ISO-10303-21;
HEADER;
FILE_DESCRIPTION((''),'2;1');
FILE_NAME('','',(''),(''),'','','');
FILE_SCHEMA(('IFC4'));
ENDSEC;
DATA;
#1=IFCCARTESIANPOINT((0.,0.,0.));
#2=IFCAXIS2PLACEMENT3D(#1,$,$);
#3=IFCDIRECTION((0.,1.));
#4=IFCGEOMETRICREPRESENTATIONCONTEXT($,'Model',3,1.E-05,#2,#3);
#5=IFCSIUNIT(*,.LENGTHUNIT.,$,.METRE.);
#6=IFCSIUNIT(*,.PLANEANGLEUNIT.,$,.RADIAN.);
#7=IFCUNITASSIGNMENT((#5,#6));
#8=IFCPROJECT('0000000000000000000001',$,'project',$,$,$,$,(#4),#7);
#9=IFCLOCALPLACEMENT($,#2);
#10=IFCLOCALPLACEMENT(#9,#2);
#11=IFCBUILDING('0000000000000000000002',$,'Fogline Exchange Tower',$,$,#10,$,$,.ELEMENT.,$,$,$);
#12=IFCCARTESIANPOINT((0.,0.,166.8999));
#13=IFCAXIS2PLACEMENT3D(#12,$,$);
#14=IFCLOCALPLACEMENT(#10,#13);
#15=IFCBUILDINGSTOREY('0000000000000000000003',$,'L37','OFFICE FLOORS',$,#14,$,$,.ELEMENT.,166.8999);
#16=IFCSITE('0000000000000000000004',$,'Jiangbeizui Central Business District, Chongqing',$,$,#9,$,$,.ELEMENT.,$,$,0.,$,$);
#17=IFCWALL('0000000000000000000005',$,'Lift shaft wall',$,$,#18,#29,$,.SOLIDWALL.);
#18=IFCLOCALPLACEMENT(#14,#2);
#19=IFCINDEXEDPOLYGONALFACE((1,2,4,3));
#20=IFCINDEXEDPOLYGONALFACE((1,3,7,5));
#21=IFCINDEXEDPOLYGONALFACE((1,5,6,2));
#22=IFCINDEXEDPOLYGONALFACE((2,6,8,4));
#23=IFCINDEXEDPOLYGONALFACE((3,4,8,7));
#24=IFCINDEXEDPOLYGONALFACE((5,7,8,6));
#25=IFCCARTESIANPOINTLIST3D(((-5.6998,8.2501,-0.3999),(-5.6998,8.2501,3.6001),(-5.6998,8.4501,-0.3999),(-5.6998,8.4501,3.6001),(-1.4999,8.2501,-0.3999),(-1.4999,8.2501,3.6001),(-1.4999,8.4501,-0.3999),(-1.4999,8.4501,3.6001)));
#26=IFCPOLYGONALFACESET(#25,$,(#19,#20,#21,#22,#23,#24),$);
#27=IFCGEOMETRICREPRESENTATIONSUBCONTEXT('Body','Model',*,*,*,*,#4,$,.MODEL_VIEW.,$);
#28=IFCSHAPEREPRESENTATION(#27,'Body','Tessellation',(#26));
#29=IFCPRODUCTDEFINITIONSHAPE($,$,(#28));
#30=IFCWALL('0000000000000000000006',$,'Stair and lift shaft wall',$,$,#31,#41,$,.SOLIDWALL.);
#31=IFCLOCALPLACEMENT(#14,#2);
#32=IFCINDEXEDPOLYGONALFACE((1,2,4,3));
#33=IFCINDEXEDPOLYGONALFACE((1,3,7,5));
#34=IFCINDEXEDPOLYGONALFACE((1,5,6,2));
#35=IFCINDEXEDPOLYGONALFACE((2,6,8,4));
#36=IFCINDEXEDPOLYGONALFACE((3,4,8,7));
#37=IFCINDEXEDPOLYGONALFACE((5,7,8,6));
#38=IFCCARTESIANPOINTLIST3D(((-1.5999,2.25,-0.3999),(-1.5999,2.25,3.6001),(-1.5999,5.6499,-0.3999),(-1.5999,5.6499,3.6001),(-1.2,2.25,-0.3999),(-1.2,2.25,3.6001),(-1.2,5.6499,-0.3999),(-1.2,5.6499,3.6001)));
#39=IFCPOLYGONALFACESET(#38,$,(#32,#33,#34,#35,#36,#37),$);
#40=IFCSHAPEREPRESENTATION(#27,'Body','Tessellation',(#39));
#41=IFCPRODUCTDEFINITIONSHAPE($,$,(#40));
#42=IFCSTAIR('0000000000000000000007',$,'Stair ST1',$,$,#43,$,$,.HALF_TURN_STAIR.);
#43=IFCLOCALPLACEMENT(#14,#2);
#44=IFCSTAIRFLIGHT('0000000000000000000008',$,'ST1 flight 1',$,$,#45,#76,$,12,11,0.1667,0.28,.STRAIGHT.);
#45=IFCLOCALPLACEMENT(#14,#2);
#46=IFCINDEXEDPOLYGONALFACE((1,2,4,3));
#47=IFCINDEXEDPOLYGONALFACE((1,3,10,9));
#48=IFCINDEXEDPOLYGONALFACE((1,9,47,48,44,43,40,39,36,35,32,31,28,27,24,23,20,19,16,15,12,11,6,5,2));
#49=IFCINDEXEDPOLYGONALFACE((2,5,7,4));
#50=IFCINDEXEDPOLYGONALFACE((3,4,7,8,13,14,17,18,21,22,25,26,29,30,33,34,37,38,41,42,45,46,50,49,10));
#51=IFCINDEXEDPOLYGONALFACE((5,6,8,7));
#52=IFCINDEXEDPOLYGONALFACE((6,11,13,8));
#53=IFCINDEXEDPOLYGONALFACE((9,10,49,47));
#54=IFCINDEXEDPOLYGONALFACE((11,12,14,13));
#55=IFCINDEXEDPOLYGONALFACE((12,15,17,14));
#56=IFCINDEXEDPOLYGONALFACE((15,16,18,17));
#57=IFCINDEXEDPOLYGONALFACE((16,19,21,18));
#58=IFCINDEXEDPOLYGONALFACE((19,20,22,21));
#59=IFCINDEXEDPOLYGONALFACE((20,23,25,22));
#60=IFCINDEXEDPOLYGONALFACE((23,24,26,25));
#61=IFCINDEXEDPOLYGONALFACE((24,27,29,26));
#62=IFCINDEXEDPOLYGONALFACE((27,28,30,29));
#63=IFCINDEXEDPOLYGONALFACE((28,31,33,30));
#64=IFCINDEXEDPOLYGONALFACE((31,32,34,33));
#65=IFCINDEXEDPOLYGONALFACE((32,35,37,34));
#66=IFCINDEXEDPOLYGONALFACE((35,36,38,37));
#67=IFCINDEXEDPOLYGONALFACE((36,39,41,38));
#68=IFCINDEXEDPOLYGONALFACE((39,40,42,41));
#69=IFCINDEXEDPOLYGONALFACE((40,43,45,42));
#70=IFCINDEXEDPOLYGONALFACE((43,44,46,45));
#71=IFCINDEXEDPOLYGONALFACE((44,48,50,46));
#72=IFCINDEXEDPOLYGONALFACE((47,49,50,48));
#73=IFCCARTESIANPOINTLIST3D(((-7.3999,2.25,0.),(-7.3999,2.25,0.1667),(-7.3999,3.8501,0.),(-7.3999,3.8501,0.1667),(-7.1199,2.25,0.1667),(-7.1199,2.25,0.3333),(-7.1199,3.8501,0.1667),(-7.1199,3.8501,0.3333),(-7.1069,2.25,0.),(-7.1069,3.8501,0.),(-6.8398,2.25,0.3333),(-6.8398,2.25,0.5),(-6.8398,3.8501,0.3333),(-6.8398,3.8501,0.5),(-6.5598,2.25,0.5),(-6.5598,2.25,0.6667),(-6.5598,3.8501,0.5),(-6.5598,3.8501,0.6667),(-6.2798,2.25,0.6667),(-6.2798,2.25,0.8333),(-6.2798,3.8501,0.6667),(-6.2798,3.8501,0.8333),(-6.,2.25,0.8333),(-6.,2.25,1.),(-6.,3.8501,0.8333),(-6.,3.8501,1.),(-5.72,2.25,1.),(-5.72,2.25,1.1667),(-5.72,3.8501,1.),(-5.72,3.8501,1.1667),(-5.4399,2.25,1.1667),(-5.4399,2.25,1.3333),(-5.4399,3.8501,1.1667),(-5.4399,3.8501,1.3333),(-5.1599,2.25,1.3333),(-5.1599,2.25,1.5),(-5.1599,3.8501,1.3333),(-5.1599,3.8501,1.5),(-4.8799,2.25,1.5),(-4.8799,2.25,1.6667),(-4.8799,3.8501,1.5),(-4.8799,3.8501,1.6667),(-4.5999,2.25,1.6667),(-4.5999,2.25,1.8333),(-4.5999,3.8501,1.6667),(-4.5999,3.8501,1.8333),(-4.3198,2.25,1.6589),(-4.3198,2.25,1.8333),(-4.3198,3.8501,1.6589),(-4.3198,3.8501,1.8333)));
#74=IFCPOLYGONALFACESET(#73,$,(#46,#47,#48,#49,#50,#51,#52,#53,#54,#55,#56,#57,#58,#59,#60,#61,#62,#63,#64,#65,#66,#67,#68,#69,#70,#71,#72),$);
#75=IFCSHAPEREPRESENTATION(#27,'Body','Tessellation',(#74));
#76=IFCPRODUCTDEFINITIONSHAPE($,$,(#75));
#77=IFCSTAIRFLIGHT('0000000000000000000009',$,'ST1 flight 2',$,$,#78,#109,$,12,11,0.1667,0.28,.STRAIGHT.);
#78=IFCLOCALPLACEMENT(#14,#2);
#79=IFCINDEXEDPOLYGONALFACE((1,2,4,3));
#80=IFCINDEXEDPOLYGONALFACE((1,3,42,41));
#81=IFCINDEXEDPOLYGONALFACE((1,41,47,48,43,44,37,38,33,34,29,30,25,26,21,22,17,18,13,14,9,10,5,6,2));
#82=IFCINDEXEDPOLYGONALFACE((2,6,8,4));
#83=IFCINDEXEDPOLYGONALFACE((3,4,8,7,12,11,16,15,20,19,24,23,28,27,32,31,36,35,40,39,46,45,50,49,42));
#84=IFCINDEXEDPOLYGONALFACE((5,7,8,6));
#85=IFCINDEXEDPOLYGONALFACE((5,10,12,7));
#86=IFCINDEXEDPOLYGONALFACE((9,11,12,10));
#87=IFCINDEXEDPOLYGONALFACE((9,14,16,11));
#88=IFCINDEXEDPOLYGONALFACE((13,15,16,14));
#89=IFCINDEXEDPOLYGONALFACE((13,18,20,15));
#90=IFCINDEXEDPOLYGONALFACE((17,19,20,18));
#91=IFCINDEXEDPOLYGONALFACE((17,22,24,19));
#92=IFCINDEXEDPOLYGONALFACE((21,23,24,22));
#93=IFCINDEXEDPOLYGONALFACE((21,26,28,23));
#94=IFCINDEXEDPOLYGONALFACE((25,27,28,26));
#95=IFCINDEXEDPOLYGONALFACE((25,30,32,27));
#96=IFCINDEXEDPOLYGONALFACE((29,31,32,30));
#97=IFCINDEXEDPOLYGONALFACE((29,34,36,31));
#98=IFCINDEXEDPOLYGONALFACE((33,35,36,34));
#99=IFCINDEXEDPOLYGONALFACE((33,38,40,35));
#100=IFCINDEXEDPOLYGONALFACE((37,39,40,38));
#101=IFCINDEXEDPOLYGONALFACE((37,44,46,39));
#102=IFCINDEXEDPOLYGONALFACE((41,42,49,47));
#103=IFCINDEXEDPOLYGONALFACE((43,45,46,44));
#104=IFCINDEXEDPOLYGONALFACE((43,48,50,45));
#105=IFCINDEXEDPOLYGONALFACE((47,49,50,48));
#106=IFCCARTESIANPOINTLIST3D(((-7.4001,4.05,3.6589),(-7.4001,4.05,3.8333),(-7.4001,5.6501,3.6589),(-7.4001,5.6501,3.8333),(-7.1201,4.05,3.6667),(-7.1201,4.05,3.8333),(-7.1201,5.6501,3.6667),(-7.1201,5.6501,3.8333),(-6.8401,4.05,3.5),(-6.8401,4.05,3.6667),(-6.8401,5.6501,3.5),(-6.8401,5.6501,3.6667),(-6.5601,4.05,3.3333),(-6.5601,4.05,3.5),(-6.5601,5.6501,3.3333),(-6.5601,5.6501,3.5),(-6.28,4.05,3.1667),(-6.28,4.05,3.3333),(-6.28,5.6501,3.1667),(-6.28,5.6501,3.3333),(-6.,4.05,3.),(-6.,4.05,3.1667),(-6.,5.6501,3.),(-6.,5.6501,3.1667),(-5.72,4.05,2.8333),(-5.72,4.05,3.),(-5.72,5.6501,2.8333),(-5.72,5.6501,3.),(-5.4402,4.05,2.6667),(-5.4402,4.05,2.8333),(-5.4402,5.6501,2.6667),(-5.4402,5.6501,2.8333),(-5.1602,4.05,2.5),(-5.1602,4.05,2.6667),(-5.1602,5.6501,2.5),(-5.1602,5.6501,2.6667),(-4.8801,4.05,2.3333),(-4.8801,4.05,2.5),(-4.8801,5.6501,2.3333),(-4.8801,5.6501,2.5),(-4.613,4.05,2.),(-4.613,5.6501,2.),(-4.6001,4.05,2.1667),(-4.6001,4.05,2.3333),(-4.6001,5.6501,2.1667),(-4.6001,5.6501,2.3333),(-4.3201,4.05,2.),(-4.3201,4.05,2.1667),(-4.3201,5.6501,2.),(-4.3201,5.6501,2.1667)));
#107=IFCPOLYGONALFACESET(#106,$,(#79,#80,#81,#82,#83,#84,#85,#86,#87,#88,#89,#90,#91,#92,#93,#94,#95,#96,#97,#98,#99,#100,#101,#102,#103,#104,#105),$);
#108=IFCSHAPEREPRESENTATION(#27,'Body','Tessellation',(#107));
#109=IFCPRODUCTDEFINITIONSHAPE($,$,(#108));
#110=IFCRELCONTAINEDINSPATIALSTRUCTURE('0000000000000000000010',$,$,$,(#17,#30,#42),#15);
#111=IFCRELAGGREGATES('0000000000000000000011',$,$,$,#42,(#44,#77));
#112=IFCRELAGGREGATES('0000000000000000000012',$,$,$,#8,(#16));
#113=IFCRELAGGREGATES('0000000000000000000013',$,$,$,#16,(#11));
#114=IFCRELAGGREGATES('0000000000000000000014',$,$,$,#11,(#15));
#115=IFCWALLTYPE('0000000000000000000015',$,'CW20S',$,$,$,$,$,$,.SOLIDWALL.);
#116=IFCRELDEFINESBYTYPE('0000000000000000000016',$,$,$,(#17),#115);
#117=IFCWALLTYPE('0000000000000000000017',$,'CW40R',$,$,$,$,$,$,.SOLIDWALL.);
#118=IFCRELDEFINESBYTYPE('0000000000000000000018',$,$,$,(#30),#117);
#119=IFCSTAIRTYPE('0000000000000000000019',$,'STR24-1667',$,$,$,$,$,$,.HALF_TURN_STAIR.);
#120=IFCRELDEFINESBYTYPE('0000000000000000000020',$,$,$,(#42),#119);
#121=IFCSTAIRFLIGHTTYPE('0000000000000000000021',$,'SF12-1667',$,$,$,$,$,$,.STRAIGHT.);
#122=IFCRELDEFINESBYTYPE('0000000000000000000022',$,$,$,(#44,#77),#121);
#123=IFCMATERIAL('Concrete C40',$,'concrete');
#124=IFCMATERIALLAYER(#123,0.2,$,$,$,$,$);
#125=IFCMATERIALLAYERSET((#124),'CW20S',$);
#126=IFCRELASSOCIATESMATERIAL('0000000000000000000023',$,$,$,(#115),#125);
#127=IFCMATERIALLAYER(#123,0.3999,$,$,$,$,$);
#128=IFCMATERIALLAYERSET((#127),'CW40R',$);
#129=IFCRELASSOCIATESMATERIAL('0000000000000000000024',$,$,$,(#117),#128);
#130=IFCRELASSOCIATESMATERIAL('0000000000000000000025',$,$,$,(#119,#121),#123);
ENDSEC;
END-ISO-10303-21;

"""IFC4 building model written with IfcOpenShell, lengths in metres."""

from ifc_helpers import new_model, si_unit, direction, frame, frame_2d, origin, place, context, subcontext, project, spatial, polyline, rectangle, outline, extrude, material, layer, layer_set, type_object, element, aggregate, save


model = new_model("IFC4")

# Units and contexts
model_context = context("Model", 3, precision=1e-05, world=origin(), true_north=direction((0.0, 1.0)))
body_context = subcontext(model_context, "Body", "Model", "MODEL_VIEW")
ifc_project = project(units=[si_unit("LENGTHUNIT", "METRE"), si_unit("PLANEANGLEUNIT", "RADIAN")], contexts=[model_context])

# Site, building, storey
site_placement = place(None, origin())
site = spatial("IfcSite", under=ifc_project, at=site_placement, Name="Jiangbeizui Central Business District, Chongqing", CompositionType="ELEMENT", RefElevation=0.0)
building_placement = place(site_placement, origin())
building = spatial("IfcBuilding", under=site, at=building_placement, Name="Fogline Exchange Tower", CompositionType="ELEMENT")
storey_placement = place(building_placement, frame((0.0, 0.0, 166.8999)))
storey = spatial("IfcBuildingStorey", under=building, at=storey_placement, Name="L37", Description="OFFICE FLOORS", CompositionType="ELEMENT", Elevation=166.8999)

# Shared definitions
ifc_material_1 = material(Name="Concrete C40", Category="concrete")
ifc_layer_1 = layer(ifc_material_1, 0.2)
ifc_layer_set_1 = layer_set([ifc_layer_1], Name="CW20S")
wall_type_1 = type_object("IfcWallType", Name="CW20S", PredefinedType="SOLIDWALL", material=ifc_layer_set_1)

# Walls
wall_1_placement = place(storey_placement, frame((-5.7, 8.3501, -0.3999), z_axis=(0.0, 0.0, 1.0), x_axis=(1.0, 0.0, 0.0)))
element("IfcWall", 1, at=wall_1_placement, inside=storey, type_object=wall_type_1, Name="Lift shaft wall", PredefinedType="SOLIDWALL", context=body_context, shape_type="SweptSolid", body=[
    extrude(rectangle(XDim=4.2, YDim=0.2, at=frame_2d((2.1001, 0.0))), origin(), (0.0, 0.0, 1.0), 4.0),
])
ifc_layer_2 = layer(ifc_material_1, 0.3999)
ifc_layer_set_2 = layer_set([ifc_layer_2], Name="CW40R")
wall_type_2 = type_object("IfcWallType", Name="CW40R", PredefinedType="SOLIDWALL", material=ifc_layer_set_2)
wall_2_placement = place(storey_placement, frame((-1.3999, 2.25, -0.3999), z_axis=(0.0, 0.0, 1.0), x_axis=(0.0, 1.0, 0.0)))
element("IfcWall", 2, at=wall_2_placement, inside=storey, type_object=wall_type_2, Name="Stair and lift shaft wall", PredefinedType="SOLIDWALL", context=body_context, shape_type="SweptSolid", body=[
    extrude(rectangle(XDim=3.3999, YDim=0.3999, at=frame_2d((1.7, 0.0))), origin(), (0.0, 0.0, 1.0), 4.0),
])

# Stair, stair flights
stair_type = type_object("IfcStairType", Name="STR24-1667", PredefinedType="HALF_TURN_STAIR", material=ifc_material_1)
stair_placement = place(storey_placement, origin())
stair = element("IfcStair", 3, at=stair_placement, inside=storey, type_object=stair_type, Name="Stair ST1", PredefinedType="HALF_TURN_STAIR")
stair_flight_type = type_object("IfcStairFlightType", Name="SF12-1667", PredefinedType="STRAIGHT", material=ifc_material_1)
stair_flight_1_placement = place(storey_placement, frame((-7.3999, 3.05, 0.0), z_axis=(0.0, 0.0, 1.0), x_axis=(1.0, 0.0, 0.0)))
stair_flight_1 = element("IfcStairFlight", 4, at=stair_flight_1_placement, type_object=stair_flight_type, Name="ST1 flight 1", NumberOfRisers=12, NumberOfTreads=11, PredefinedType="STRAIGHT", RiserHeight=0.1667, TreadLength=0.28, context=body_context, shape_type="SweptSolid", body=[
    extrude(outline(polyline([(0.0, 0.0), (0.0, 0.1667), (0.28, 0.1667), (0.28, 0.3333), (0.5601, 0.3333), (0.5601, 0.5), (0.8401, 0.5), (0.8401, 0.6667), (1.1201, 0.6667), (1.1201, 0.8333), (1.3999, 0.8333), (1.3999, 1.0), (1.6799, 1.0), (1.6799, 1.1667), (1.96, 1.1667), (1.96, 1.3333), (2.24, 1.3333), (2.24, 1.5), (2.52, 1.5), (2.52, 1.6667), (2.8, 1.6667), (2.8, 1.8333), (3.0801, 1.8333), (3.0801, 2.0), (3.0801, 1.6589), (0.293, 0.0), (0.0, 0.0)])), frame((0.0, 0.8, 0.0), z_axis=(0.0, -1.0, 0.0), x_axis=(1.0, 0.0, 0.0)), (0.0, 0.0, 1.0), 1.6001),
])
stair_flight_2_placement = place(storey_placement, frame((-4.3201, 4.8501, 2.0), z_axis=(0.0, 0.0, 1.0), x_axis=(-1.0, 0.0, 0.0)))
stair_flight_2 = element("IfcStairFlight", 5, at=stair_flight_2_placement, type_object=stair_flight_type, Name="ST1 flight 2", NumberOfRisers=12, NumberOfTreads=11, PredefinedType="STRAIGHT", RiserHeight=0.1667, TreadLength=0.28, context=body_context, shape_type="SweptSolid", body=[
    extrude(outline(polyline([(0.0, 0.0), (0.0, 0.1667), (0.28, 0.1667), (0.28, 0.3333), (0.5601, 0.3333), (0.5601, 0.5), (0.8401, 0.5), (0.8401, 0.6667), (1.1201, 0.6667), (1.1201, 0.8333), (1.3999, 0.8333), (1.3999, 1.0), (1.6799, 1.0), (1.6799, 1.1667), (1.96, 1.1667), (1.96, 1.3333), (2.24, 1.3333), (2.24, 1.5), (2.52, 1.5), (2.52, 1.6667), (2.8, 1.6667), (2.8, 1.8333), (3.0801, 1.8333), (3.0801, 2.0), (3.0801, 1.6589), (0.293, 0.0), (0.0, 0.0)])), frame((0.0, 0.8, 0.0), z_axis=(0.0, -1.0, 0.0), x_axis=(1.0, 0.0, 0.0)), (0.0, 0.0, 1.0), 1.6001),
])
aggregate(stair, [stair_flight_1, stair_flight_2])

save(model, "model.ifc")
